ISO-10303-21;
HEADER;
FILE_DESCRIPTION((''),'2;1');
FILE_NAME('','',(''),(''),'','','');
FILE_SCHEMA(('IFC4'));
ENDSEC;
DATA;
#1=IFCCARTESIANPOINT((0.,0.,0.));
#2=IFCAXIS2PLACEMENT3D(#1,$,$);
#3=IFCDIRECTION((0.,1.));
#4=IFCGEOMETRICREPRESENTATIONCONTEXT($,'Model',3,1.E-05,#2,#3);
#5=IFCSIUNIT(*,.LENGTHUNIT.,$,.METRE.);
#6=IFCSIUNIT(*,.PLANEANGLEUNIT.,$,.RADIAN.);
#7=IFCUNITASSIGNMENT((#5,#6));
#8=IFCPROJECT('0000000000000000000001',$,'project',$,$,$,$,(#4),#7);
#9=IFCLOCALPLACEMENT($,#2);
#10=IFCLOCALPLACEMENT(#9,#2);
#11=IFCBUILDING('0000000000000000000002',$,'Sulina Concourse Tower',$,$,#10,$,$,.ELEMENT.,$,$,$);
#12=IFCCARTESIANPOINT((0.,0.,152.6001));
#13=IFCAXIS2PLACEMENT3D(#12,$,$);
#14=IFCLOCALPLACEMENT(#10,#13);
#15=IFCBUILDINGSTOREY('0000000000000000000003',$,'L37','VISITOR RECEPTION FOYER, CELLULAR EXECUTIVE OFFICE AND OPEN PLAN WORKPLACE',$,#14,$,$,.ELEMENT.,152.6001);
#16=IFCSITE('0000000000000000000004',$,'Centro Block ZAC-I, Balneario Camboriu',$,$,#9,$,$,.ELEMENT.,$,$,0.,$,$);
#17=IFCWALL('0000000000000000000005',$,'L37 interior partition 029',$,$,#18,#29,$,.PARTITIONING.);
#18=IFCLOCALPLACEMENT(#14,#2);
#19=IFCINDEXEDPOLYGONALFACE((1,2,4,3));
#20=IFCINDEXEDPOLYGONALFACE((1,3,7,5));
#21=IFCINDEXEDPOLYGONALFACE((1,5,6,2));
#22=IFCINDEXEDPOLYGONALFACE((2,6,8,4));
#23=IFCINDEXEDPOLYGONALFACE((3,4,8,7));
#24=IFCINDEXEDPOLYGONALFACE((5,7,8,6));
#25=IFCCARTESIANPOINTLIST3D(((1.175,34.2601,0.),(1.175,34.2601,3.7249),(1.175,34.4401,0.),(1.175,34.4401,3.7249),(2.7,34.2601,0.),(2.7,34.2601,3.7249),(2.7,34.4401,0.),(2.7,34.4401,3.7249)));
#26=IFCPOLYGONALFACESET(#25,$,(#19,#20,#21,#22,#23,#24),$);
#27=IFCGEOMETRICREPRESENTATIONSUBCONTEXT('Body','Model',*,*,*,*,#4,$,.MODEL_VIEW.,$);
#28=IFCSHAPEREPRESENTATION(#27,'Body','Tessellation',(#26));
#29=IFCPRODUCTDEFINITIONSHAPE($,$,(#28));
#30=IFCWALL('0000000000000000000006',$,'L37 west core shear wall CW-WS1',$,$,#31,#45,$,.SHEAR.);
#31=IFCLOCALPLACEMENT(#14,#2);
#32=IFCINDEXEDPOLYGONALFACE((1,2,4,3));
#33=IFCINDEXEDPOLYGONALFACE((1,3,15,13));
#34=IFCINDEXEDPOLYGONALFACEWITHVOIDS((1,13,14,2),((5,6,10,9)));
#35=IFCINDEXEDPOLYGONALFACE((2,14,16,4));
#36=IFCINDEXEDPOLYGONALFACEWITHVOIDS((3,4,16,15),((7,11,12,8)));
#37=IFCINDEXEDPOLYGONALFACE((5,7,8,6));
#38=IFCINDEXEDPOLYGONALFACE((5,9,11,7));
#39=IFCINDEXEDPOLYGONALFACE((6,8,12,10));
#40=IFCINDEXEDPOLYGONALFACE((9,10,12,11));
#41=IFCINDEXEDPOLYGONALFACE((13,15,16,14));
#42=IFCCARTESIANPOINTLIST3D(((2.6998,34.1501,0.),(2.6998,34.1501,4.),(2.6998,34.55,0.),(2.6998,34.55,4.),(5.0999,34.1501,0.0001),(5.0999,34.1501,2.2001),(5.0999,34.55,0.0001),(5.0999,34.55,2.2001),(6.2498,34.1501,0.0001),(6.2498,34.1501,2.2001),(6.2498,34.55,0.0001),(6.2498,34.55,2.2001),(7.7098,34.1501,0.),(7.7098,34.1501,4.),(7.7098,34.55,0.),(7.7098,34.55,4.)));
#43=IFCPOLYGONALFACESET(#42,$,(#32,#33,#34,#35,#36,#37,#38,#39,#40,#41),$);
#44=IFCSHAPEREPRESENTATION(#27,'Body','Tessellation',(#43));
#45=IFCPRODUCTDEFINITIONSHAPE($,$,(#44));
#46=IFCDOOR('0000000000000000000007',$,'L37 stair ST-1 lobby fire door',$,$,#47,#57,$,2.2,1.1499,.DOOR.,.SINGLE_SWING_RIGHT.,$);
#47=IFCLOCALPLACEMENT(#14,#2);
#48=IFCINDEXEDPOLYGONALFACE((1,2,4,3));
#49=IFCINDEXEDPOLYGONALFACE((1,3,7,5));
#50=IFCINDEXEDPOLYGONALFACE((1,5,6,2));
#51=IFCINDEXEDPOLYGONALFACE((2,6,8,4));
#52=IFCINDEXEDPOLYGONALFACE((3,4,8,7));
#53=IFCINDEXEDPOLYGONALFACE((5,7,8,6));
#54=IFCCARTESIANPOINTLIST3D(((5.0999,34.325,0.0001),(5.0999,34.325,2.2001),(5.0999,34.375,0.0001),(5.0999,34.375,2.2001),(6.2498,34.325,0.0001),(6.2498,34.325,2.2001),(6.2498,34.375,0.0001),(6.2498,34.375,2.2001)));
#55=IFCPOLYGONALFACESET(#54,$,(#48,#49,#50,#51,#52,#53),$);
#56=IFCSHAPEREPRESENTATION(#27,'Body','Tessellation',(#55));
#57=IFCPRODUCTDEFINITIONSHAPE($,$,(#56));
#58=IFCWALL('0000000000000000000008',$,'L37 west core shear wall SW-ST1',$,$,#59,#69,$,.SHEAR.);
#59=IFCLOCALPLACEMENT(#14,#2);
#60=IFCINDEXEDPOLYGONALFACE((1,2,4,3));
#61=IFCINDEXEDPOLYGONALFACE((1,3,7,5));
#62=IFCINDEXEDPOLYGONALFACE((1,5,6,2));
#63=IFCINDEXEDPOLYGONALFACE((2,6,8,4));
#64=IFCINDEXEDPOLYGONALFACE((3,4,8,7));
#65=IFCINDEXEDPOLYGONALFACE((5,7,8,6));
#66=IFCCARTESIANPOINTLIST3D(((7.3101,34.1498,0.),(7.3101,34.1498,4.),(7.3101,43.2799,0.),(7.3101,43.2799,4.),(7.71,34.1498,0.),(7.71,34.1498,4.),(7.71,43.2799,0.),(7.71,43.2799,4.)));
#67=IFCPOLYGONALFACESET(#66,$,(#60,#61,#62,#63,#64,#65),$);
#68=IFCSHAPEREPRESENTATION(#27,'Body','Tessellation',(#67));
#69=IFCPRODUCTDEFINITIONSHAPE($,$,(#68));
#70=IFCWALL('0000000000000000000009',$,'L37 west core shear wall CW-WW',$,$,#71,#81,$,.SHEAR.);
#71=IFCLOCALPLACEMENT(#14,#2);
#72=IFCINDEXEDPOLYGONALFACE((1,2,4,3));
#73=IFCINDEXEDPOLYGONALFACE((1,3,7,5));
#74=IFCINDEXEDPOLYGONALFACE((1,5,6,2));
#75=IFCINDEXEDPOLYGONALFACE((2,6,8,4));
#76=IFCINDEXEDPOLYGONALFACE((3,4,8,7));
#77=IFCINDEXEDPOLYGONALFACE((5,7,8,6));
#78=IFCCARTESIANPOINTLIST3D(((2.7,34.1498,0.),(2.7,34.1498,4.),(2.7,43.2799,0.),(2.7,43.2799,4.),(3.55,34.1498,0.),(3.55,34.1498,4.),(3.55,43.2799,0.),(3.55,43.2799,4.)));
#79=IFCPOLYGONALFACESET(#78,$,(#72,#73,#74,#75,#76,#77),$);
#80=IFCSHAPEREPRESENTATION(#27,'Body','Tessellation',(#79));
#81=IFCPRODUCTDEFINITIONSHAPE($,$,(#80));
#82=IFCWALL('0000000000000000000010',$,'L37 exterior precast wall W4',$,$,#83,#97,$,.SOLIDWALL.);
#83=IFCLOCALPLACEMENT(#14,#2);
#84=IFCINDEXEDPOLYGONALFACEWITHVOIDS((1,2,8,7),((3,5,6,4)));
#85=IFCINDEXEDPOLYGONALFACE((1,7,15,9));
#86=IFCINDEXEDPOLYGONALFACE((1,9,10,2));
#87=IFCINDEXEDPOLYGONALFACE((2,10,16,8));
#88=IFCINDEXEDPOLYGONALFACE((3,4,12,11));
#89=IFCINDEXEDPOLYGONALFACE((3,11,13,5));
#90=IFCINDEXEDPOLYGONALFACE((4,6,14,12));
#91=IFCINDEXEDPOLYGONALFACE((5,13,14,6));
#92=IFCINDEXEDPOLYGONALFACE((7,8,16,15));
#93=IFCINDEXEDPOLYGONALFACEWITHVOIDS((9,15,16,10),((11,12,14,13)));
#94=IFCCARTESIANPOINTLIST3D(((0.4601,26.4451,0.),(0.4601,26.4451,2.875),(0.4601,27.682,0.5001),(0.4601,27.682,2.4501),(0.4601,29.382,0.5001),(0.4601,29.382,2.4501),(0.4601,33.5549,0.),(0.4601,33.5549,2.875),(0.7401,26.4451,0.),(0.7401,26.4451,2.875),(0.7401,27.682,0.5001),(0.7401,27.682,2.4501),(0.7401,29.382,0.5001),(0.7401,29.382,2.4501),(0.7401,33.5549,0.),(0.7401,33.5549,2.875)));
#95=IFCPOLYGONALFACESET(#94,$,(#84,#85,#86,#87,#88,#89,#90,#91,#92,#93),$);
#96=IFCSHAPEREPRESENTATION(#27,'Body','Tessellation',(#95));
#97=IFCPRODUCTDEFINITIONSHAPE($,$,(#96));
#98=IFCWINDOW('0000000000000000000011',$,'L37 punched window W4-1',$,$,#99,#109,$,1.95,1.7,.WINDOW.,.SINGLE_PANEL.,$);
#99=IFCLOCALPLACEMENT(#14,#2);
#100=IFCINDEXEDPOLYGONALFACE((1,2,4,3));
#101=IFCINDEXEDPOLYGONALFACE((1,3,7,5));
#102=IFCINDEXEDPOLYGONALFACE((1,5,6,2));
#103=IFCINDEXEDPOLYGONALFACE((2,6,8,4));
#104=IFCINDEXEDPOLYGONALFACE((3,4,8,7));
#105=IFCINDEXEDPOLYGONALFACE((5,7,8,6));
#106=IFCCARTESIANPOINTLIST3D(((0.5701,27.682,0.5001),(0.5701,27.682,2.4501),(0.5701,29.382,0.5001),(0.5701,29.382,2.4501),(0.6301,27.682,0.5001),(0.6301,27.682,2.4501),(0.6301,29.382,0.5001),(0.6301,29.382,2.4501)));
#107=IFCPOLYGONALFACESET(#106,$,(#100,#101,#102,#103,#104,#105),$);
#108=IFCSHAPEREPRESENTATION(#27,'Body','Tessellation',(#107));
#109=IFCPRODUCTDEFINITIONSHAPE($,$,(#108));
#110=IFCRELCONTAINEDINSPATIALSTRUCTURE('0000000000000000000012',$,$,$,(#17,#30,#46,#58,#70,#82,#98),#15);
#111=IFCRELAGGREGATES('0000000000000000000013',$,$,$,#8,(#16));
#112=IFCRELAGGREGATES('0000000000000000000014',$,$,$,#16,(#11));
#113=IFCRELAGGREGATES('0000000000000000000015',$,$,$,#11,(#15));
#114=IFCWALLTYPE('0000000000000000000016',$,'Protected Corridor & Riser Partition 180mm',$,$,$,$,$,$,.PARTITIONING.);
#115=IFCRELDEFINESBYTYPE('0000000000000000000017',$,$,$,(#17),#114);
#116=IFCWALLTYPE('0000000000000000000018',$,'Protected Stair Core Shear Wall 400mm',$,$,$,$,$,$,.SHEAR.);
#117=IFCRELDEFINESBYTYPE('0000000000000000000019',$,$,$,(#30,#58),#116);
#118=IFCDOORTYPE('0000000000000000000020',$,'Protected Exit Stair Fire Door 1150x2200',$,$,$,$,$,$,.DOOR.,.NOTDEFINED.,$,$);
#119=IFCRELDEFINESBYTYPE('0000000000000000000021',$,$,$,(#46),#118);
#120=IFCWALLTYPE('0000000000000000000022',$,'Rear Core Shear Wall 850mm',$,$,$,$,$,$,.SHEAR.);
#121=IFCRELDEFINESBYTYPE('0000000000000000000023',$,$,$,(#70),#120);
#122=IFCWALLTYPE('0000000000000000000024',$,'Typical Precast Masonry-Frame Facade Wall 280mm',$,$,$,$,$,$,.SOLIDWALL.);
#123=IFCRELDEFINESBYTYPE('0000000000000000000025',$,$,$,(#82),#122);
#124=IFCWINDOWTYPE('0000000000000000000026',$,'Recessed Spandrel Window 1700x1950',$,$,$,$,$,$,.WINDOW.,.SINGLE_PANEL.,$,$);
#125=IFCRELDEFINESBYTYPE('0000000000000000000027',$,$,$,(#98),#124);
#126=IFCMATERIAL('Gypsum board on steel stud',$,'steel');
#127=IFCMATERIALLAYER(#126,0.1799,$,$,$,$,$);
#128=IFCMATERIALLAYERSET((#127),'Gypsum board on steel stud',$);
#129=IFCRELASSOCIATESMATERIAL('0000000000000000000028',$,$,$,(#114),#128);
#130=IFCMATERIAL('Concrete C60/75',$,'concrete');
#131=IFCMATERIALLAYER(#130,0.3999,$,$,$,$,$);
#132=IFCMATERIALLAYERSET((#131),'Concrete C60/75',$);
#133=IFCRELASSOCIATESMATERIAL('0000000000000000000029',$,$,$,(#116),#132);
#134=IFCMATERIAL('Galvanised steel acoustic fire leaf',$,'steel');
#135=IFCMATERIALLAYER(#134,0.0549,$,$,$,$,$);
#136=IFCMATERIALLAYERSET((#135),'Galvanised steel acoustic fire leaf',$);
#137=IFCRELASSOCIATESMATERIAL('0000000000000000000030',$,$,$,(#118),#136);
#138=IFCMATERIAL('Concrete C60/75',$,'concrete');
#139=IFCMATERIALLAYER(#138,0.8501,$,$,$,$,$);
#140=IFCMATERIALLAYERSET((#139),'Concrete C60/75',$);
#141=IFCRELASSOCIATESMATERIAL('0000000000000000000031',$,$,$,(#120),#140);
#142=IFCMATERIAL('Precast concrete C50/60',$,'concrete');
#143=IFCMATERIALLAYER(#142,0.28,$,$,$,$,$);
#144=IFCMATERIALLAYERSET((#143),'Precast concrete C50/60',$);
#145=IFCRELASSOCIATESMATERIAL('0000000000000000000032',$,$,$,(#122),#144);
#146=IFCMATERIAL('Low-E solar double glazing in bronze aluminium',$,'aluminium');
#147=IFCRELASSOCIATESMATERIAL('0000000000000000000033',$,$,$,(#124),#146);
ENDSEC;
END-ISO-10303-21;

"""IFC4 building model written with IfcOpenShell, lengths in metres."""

from ifc_helpers import new_model, si_unit, direction, frame, frame_2d, origin, place, context, subcontext, project, spatial, rectangle, extrude, material, layer, layer_set, type_object, element, fill, save


model = new_model("IFC4")

# Units and contexts
model_context = context("Model", 3, precision=1e-05, world=origin(), true_north=direction((0.0, 1.0)))
body_context = subcontext(model_context, "Body", "Model", "MODEL_VIEW")
ifc_project = project(units=[si_unit("LENGTHUNIT", "METRE"), si_unit("PLANEANGLEUNIT", "RADIAN")], contexts=[model_context])

# Site, building, storey
site_placement = place(None, origin())
site = spatial("IfcSite", under=ifc_project, at=site_placement, Name="Centro Block ZAC-I, Balneario Camboriu", CompositionType="ELEMENT", RefElevation=0.0)
building_placement = place(site_placement, origin())
building = spatial("IfcBuilding", under=site, at=building_placement, Name="Sulina Concourse Tower", CompositionType="ELEMENT")
storey_placement = place(building_placement, frame((0.0, 0.0, 152.6001)))
storey = spatial("IfcBuildingStorey", under=building, at=storey_placement, Name="L37", Description="VISITOR RECEPTION FOYER, CELLULAR EXECUTIVE OFFICE AND OPEN PLAN WORKPLACE", CompositionType="ELEMENT", Elevation=152.6001)

# Wall
ifc_material_1 = material(Name="Gypsum board on steel stud", Category="steel")
ifc_layer_1 = layer(ifc_material_1, 0.1799)
ifc_layer_set_1 = layer_set([ifc_layer_1], Name="Gypsum board on steel stud")
wall_type_1 = type_object("IfcWallType", Name="Protected Corridor & Riser Partition 180mm", PredefinedType="PARTITIONING", material=ifc_layer_set_1)
wall_1_placement = place(storey_placement, frame((1.175, 34.3501, 0.0), z_axis=(0.0, 0.0, 1.0), x_axis=(1.0, 0.0, 0.0)))
element("IfcWall", 1, at=wall_1_placement, inside=storey, type_object=wall_type_1, Name="L37 interior partition 029", PredefinedType="PARTITIONING", context=body_context, shape_type="SweptSolid", body=[
    extrude(rectangle(XDim=1.5249, YDim=0.1799, at=frame_2d((0.7625, 0.0))), origin(), (0.0, 0.0, 1.0), 3.7249),
])

# Wall, opening, door
ifc_material_2 = material(Name="Concrete C60/75", Category="concrete")
ifc_layer_2 = layer(ifc_material_2, 0.3999)
ifc_layer_set_2 = layer_set([ifc_layer_2], Name="Concrete C60/75")
wall_type_2 = type_object("IfcWallType", Name="Protected Stair Core Shear Wall 400mm", PredefinedType="SHEAR", material=ifc_layer_set_2)
wall_2_placement = place(storey_placement, frame((2.7, 34.3501, 0.0), z_axis=(0.0, 0.0, 1.0), x_axis=(1.0, 0.0, 0.0)))
wall_2 = element("IfcWall", 2, at=wall_2_placement, inside=storey, type_object=wall_type_2, Name="L37 west core shear wall CW-WS1", PredefinedType="SHEAR", context=body_context, shape_type="SweptSolid", body=[
    extrude(rectangle(XDim=5.01, YDim=0.3999, at=frame_2d((2.5049, 0.0))), origin(), (0.0, 0.0, 1.0), 4.0),
])
opening_1_placement = place(wall_2_placement, frame((2.3999, 0.0, 0.0)))
opening_1 = element("IfcOpeningElement", 3, at=opening_1_placement, cuts=wall_2, PredefinedType="OPENING", context=body_context, shape_type="SweptSolid", body=[
    extrude(rectangle(XDim=1.1499, YDim=2.2, at=frame_2d((0.575, 1.1001))), frame((0.0, 0.21, 0.0), z_axis=(0.0, -1.0, 0.0), x_axis=(1.0, 0.0, 0.0)), (0.0, 0.0, 1.0), 0.4199),
])
ifc_material_3 = material(Name="Galvanised steel acoustic fire leaf", Category="steel")
ifc_layer_3 = layer(ifc_material_3, 0.0549)
ifc_layer_set_3 = layer_set([ifc_layer_3], Name="Galvanised steel acoustic fire leaf")
door_type = type_object("IfcDoorType", Name="Protected Exit Stair Fire Door 1150x2200", OperationType="NOTDEFINED", PredefinedType="DOOR", material=ifc_layer_set_3)
door_placement = place(opening_1_placement, origin())
door = element("IfcDoor", 4, at=door_placement, inside=storey, type_object=door_type, Name="L37 stair ST-1 lobby fire door", OperationType="SINGLE_SWING_RIGHT", OverallHeight=2.2, OverallWidth=1.1499, PredefinedType="DOOR", context=body_context, shape_type="SweptSolid", body=[
    extrude(rectangle(XDim=1.1499, YDim=2.2, at=frame_2d((0.575, 1.1001))), frame((0.0, 0.0249, 0.0), z_axis=(0.0, -1.0, 0.0), x_axis=(1.0, 0.0, 0.0)), (0.0, 0.0, 1.0), 0.05),
])
fill(opening_1, door)

# Walls
wall_3_placement = place(storey_placement, frame((7.51, 34.1499, 0.0), z_axis=(0.0, 0.0, 1.0), x_axis=(0.0, 1.0, 0.0)))
element("IfcWall", 5, at=wall_3_placement, inside=storey, type_object=wall_type_2, Name="L37 west core shear wall SW-ST1", PredefinedType="SHEAR", context=body_context, shape_type="SweptSolid", body=[
    extrude(rectangle(XDim=9.1301, YDim=0.3999, at=frame_2d((4.5649, 0.0))), origin(), (0.0, 0.0, 1.0), 4.0),
])
ifc_material_4 = material(Name="Concrete C60/75", Category="concrete")
ifc_layer_4 = layer(ifc_material_4, 0.8501)
ifc_layer_set_4 = layer_set([ifc_layer_4], Name="Concrete C60/75")
wall_type_3 = type_object("IfcWallType", Name="Rear Core Shear Wall 850mm", PredefinedType="SHEAR", material=ifc_layer_set_4)
wall_4_placement = place(storey_placement, frame((3.125, 34.1499, 0.0), z_axis=(0.0, 0.0, 1.0), x_axis=(0.0, 1.0, 0.0)))
element("IfcWall", 6, at=wall_4_placement, inside=storey, type_object=wall_type_3, Name="L37 west core shear wall CW-WW", PredefinedType="SHEAR", context=body_context, shape_type="SweptSolid", body=[
    extrude(rectangle(XDim=9.1301, YDim=0.8501, at=frame_2d((4.5649, 0.0))), origin(), (0.0, 0.0, 1.0), 4.0),
])

# Wall, opening, window
ifc_material_5 = material(Name="Precast concrete C50/60", Category="concrete")
ifc_layer_5 = layer(ifc_material_5, 0.28)
ifc_layer_set_5 = layer_set([ifc_layer_5], Name="Precast concrete C50/60")
wall_type_4 = type_object("IfcWallType", Name="Typical Precast Masonry-Frame Facade Wall 280mm", PredefinedType="SOLIDWALL", material=ifc_layer_set_5)
wall_5_placement = place(storey_placement, frame((0.6001, 26.4451, 0.0), z_axis=(0.0, 0.0, 1.0), x_axis=(0.0, 1.0, 0.0)))
wall_5 = element("IfcWall", 7, at=wall_5_placement, inside=storey, type_object=wall_type_4, Name="L37 exterior precast wall W4", PredefinedType="SOLIDWALL", context=body_context, shape_type="SweptSolid", body=[
    extrude(rectangle(XDim=7.1099, YDim=0.28, at=frame_2d((3.5549, 0.0))), origin(), (0.0, 0.0, 1.0), 2.875),
])
opening_2_placement = place(wall_5_placement, frame((1.2368, 0.0, 0.5)))
opening_2 = element("IfcOpeningElement", 8, at=opening_2_placement, cuts=wall_5, PredefinedType="OPENING", context=body_context, shape_type="SweptSolid", body=[
    extrude(rectangle(XDim=1.7, YDim=1.95, at=frame_2d((0.8501, 0.9751))), frame((0.0, 0.1499, 0.0), z_axis=(0.0, -1.0, 0.0), x_axis=(1.0, 0.0, 0.0)), (0.0, 0.0, 1.0), 0.3),
])
ifc_material_6 = material(Name="Low-E solar double glazing in bronze aluminium", Category="aluminium")
window_type = type_object("IfcWindowType", Name="Recessed Spandrel Window 1700x1950", PartitioningType="SINGLE_PANEL", PredefinedType="WINDOW", material=ifc_material_6)
window_placement = place(opening_2_placement, origin())
window = element("IfcWindow", 9, at=window_placement, inside=storey, type_object=window_type, Name="L37 punched window W4-1", OverallHeight=1.95, OverallWidth=1.7, PartitioningType="SINGLE_PANEL", PredefinedType="WINDOW", context=body_context, shape_type="SweptSolid", body=[
    extrude(rectangle(XDim=1.7, YDim=1.95, at=frame_2d((0.8501, 0.9751))), frame((0.0, 0.03, 0.0), z_axis=(0.0, -1.0, 0.0), x_axis=(1.0, 0.0, 0.0)), (0.0, 0.0, 1.0), 0.0601),
])
fill(opening_2, window)

save(model, "model.ifc")
